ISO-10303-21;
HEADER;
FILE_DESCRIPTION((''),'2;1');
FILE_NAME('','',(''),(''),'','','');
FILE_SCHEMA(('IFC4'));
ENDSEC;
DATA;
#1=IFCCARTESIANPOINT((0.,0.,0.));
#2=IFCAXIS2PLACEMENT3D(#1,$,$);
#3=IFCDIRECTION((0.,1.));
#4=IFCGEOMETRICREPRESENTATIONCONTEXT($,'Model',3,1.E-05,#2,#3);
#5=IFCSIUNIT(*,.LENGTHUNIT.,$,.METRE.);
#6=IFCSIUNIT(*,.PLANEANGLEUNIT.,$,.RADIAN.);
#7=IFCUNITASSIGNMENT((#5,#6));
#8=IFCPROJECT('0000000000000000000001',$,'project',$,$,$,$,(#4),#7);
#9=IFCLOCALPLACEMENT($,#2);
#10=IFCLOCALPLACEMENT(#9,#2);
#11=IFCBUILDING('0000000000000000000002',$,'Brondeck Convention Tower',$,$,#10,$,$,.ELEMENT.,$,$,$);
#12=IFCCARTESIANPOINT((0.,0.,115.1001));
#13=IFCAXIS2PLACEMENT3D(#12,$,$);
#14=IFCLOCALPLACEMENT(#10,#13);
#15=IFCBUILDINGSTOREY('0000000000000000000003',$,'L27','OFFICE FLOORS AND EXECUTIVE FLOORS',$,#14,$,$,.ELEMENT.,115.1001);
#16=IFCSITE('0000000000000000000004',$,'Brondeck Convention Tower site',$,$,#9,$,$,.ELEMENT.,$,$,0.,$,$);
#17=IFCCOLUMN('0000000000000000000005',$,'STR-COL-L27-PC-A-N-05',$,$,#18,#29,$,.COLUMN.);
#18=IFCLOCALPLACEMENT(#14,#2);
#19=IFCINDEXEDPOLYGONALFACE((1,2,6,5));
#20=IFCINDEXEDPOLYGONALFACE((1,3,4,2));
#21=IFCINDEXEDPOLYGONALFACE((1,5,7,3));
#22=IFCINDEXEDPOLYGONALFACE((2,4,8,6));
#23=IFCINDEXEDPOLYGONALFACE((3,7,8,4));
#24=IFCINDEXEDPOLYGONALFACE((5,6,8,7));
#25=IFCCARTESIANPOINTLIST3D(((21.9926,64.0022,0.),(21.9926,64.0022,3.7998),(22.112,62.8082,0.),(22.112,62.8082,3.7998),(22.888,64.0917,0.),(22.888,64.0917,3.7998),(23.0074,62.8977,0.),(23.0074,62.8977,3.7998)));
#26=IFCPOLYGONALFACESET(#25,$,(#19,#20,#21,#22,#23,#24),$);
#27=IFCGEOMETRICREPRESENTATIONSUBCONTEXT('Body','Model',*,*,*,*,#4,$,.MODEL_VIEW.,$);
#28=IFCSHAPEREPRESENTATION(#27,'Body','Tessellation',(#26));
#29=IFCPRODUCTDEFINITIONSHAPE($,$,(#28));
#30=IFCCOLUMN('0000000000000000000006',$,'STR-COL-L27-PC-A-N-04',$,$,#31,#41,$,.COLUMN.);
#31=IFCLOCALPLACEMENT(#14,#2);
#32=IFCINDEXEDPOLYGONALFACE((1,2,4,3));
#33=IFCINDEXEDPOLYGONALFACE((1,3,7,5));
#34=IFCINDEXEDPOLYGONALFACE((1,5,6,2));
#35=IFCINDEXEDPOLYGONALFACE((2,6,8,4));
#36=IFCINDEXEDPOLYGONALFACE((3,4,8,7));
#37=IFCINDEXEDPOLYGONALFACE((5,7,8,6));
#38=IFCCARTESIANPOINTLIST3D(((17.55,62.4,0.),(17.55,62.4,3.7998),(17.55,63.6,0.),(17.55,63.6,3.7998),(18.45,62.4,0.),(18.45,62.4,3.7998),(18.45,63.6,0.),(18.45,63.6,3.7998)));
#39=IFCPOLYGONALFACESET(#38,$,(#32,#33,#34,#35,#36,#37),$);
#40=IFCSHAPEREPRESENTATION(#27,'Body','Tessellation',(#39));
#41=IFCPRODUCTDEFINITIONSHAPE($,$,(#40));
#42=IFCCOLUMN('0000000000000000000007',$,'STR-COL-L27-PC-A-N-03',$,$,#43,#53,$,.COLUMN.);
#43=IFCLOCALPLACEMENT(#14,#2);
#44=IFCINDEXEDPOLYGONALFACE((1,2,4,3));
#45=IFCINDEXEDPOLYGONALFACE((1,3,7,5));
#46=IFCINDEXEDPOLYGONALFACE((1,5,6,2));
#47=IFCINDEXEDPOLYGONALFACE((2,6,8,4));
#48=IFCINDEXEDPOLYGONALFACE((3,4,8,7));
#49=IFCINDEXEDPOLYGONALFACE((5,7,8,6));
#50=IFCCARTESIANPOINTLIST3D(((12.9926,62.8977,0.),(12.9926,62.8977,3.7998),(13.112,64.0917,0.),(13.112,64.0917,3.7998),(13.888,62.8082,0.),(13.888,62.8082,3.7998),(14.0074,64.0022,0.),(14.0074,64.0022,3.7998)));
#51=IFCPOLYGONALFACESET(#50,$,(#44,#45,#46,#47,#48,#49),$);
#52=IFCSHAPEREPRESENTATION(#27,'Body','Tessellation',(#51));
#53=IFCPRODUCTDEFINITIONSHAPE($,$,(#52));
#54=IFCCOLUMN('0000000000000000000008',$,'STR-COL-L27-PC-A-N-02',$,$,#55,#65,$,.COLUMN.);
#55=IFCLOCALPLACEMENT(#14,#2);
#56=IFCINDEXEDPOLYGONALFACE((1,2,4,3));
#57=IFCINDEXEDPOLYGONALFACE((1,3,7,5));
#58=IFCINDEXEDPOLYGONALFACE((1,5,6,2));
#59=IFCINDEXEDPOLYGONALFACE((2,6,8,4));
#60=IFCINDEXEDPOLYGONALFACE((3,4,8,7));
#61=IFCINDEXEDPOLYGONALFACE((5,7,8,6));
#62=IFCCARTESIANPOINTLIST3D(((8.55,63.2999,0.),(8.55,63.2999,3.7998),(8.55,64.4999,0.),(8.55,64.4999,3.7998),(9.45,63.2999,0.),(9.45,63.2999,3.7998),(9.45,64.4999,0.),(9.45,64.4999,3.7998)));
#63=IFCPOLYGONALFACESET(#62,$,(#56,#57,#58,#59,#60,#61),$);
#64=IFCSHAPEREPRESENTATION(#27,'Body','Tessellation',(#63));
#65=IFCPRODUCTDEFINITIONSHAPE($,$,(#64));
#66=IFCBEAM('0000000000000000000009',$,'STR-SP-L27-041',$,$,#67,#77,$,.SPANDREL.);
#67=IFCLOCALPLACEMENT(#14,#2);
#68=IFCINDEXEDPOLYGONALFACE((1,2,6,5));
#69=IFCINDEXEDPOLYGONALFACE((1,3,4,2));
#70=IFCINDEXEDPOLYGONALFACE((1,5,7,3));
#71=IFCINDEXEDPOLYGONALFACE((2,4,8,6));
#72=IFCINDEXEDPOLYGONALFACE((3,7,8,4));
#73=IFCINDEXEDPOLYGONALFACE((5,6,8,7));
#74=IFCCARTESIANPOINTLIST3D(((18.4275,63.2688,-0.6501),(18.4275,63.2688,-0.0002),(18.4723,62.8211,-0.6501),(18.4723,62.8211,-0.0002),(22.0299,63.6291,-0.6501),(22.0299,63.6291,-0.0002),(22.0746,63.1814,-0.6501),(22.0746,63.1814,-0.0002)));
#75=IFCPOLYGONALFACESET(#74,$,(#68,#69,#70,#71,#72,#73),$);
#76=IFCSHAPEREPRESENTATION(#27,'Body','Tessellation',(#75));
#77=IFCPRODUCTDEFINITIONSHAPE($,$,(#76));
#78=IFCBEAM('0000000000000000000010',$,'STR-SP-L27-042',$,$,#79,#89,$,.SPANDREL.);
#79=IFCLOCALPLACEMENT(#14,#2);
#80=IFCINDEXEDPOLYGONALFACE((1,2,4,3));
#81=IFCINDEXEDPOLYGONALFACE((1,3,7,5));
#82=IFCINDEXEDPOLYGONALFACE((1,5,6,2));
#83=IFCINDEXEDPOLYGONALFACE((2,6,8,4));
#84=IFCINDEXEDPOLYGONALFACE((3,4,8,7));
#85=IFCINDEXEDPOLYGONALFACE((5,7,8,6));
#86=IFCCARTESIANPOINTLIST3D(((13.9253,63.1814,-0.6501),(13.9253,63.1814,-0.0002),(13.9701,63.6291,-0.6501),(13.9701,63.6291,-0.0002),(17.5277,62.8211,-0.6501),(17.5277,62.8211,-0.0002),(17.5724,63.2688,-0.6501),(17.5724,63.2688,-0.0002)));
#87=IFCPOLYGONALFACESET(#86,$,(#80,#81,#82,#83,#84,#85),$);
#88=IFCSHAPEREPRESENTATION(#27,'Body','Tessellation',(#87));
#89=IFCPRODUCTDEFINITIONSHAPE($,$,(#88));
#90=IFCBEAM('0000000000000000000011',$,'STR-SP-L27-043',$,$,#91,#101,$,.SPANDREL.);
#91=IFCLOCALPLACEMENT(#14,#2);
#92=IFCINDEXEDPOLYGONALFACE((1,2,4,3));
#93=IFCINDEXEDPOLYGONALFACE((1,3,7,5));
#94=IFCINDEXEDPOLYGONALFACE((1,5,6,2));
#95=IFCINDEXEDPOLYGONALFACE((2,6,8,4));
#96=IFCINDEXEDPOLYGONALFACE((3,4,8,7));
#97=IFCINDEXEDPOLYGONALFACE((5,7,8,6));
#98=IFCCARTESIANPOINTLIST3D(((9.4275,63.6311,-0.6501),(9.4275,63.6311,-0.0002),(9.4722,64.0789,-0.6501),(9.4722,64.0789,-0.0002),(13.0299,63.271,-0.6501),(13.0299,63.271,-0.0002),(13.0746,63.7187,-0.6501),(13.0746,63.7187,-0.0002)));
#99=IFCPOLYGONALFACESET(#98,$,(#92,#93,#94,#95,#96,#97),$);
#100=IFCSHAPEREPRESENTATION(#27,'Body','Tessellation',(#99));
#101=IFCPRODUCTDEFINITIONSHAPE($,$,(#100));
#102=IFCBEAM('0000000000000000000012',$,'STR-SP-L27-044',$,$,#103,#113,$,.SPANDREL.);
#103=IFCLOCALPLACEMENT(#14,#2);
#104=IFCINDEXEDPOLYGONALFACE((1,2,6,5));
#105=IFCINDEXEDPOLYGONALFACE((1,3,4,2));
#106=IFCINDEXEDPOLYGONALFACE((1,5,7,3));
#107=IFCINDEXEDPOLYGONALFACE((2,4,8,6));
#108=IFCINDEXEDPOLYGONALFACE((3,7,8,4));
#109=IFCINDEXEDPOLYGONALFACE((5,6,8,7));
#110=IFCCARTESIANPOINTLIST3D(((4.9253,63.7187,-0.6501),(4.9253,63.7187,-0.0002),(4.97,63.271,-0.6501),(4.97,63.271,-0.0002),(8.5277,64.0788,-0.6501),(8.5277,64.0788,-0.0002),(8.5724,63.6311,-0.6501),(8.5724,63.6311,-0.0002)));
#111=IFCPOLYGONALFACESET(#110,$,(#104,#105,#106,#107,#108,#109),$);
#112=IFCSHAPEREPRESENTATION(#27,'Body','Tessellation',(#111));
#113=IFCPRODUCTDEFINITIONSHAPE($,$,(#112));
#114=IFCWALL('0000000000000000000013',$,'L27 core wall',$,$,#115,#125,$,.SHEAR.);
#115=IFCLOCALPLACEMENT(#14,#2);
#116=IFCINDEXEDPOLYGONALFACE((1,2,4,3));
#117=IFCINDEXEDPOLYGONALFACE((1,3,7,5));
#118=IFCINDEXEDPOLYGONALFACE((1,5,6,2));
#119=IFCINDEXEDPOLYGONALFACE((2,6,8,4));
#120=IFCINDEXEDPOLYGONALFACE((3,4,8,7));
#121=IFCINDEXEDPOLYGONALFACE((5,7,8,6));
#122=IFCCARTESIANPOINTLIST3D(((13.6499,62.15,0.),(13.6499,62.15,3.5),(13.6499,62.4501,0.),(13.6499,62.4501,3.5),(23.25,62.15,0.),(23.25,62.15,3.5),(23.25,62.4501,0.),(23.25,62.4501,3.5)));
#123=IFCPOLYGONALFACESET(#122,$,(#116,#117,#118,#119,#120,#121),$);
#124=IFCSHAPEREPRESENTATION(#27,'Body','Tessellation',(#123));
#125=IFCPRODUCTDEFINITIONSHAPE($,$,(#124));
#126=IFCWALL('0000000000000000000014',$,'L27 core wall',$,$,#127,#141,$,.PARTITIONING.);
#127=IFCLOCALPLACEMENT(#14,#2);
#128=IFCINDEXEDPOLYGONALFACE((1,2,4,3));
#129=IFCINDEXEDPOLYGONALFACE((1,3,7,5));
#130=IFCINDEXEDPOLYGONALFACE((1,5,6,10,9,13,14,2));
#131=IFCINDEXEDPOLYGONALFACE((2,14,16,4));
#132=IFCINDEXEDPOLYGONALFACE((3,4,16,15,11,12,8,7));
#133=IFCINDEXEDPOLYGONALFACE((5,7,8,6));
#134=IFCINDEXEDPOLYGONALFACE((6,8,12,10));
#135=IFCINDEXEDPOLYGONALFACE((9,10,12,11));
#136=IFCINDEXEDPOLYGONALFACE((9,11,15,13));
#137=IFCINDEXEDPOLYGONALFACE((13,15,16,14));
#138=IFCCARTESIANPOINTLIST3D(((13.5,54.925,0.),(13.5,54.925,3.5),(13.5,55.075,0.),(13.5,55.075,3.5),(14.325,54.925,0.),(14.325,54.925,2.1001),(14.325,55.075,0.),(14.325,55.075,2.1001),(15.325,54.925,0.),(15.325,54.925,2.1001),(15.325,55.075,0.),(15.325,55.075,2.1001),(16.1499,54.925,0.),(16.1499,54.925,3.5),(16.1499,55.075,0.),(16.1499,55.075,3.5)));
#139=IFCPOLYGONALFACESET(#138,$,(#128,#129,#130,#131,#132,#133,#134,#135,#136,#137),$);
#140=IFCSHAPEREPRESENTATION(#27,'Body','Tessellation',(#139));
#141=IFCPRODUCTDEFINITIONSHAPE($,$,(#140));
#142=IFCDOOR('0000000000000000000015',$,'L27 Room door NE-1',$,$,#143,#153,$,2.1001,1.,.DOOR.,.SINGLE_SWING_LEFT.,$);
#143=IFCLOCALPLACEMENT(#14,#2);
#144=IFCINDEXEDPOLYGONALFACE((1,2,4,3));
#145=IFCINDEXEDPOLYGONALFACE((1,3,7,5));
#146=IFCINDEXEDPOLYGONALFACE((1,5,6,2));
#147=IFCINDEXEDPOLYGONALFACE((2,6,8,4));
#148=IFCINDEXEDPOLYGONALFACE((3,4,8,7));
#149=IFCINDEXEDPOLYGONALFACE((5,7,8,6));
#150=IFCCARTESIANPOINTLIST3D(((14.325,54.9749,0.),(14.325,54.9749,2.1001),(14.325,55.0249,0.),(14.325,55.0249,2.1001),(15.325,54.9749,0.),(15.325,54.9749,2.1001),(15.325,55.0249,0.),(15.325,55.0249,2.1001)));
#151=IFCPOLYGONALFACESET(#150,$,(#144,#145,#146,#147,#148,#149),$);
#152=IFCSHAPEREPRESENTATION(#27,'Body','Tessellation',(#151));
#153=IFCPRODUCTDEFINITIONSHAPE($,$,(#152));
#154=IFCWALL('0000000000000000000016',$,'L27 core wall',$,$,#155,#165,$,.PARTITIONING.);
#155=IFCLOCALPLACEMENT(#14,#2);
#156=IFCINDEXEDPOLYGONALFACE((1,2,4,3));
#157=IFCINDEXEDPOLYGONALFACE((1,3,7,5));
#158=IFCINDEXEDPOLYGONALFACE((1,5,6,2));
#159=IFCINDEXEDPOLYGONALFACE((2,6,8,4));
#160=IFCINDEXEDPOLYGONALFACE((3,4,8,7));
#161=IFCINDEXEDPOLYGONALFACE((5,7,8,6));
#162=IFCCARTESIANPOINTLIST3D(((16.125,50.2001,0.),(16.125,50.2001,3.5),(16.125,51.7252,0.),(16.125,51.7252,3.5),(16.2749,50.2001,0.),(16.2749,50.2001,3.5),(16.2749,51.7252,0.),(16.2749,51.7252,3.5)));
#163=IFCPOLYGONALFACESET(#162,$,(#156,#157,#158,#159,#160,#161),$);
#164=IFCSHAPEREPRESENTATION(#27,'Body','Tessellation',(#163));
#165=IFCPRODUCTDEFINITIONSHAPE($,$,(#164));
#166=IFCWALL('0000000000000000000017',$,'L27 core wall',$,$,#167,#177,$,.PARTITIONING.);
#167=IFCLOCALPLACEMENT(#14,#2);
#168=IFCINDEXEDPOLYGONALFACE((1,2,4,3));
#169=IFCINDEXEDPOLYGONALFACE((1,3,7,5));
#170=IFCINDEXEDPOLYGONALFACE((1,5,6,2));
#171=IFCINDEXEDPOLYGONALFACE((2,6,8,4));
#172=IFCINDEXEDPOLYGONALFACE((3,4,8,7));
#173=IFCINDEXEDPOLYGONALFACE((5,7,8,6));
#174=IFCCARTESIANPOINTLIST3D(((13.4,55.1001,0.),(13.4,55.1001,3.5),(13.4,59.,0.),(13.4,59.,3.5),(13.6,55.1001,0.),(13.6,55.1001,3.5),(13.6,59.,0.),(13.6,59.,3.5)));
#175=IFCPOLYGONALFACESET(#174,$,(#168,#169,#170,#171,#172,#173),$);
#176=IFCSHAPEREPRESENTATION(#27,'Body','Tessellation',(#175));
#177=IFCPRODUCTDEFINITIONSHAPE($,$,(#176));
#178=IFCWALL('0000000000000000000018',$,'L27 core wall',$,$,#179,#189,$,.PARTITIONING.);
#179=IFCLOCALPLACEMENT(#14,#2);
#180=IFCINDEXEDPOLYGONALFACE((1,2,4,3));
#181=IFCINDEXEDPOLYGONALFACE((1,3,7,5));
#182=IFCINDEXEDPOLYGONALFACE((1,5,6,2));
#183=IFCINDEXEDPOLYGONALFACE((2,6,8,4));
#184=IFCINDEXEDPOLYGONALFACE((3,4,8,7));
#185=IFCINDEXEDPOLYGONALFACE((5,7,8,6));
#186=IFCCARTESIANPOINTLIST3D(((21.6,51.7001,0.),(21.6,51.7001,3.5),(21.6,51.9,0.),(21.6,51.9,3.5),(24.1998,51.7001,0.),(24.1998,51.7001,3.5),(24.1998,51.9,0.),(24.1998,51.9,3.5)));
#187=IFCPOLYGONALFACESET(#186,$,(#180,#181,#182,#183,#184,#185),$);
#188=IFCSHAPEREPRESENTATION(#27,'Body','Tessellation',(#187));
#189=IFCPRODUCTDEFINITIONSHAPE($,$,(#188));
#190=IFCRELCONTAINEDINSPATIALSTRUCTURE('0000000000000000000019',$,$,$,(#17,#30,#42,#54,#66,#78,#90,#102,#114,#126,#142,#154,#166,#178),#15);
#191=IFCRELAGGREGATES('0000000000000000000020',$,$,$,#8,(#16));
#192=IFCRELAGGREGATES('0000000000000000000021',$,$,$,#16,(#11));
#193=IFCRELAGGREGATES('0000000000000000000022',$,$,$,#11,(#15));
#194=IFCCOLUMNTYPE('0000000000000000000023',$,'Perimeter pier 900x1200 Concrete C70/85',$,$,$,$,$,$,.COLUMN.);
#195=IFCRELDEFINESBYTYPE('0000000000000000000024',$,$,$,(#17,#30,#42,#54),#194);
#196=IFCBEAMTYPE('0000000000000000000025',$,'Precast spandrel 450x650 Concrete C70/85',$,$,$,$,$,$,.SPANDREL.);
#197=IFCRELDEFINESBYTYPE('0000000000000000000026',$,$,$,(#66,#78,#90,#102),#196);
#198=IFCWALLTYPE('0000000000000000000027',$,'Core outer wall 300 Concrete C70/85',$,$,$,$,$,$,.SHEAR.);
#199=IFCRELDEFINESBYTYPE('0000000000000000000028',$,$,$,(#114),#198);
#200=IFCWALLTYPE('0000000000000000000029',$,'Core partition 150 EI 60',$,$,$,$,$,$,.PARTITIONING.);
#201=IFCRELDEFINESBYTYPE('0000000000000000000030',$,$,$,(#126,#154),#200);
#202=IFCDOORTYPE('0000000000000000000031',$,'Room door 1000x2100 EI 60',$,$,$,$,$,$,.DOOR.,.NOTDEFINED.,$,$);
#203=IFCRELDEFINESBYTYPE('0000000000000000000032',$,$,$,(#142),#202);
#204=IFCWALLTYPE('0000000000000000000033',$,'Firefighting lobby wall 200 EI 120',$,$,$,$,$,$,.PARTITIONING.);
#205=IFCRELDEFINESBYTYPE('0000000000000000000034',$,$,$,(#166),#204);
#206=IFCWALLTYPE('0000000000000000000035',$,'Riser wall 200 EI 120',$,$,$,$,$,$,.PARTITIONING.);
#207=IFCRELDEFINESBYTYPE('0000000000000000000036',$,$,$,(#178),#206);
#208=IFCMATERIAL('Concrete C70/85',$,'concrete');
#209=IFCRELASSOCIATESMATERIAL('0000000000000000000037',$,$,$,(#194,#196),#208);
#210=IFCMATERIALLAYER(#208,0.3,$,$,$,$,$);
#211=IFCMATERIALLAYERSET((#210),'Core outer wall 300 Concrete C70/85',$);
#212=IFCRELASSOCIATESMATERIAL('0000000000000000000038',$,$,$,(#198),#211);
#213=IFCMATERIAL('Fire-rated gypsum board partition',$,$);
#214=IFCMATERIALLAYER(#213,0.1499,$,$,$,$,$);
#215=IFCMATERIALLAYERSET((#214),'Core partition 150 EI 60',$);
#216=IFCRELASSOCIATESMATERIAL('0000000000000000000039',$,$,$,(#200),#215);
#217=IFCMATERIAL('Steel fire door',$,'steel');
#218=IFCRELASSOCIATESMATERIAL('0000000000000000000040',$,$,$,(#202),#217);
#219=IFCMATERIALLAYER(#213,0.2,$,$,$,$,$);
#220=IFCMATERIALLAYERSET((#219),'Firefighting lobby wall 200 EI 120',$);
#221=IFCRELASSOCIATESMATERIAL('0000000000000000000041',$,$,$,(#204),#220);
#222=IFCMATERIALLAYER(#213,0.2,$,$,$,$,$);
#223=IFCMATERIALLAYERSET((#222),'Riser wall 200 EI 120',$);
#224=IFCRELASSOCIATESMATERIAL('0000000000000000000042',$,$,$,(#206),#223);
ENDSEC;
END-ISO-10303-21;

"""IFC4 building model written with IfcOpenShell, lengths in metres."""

from ifc_helpers import new_model, si_unit, direction, frame, frame_2d, origin, origin_2d, place, context, subcontext, project, spatial, rectangle, extrude, material, layer, layer_set, material_profile, profile_set, type_object, element, fill, save


model = new_model("IFC4")

# Units and contexts
model_context = context("Model", 3, precision=1e-05, world=origin(), true_north=direction((0.0, 1.0)))
body_context = subcontext(model_context, "Body", "Model", "MODEL_VIEW")
ifc_project = project(units=[si_unit("LENGTHUNIT", "METRE"), si_unit("PLANEANGLEUNIT", "RADIAN")], contexts=[model_context])

# Site, building, storey
site_placement = place(None, origin())
site = spatial("IfcSite", under=ifc_project, at=site_placement, Name="Brondeck Convention Tower site", CompositionType="ELEMENT", RefElevation=0.0)
building_placement = place(site_placement, origin())
building = spatial("IfcBuilding", under=site, at=building_placement, Name="Brondeck Convention Tower", CompositionType="ELEMENT")
storey_placement = place(building_placement, frame((0.0, 0.0, 115.1001)))
storey = spatial("IfcBuildingStorey", under=building, at=storey_placement, Name="L27", Description="OFFICE FLOORS AND EXECUTIVE FLOORS", CompositionType="ELEMENT", Elevation=115.1001)

# Columns
ifc_material_1 = material(Name="Concrete C70/85", Category="concrete")
ifc_material_profile_1 = material_profile(ifc_material_1, rectangle(XDim=0.8999, YDim=1.2, at=origin_2d()), Name="Perimeter pier 900x1200 Concrete C70/85")
ifc_profile_set_1 = profile_set([ifc_material_profile_1], Name="Concrete C70/85")
column_type = type_object("IfcColumnType", Name="Perimeter pier 900x1200 Concrete C70/85", PredefinedType="COLUMN", material=ifc_profile_set_1)
for number, where, z_axis, x_axis, name in (
    (1, (22.5, 63.45, 0.0), (0.0, 0.0, 1.0), (-0.995037, -0.099504, 0.0), "STR-COL-L27-PC-A-N-05"),
    (2, (18.0, 63.0, 0.0), (0.0, 0.0, 1.0), (-1.0, 0.0, 0.0), "STR-COL-L27-PC-A-N-04"),
    (3, (13.5, 63.45, 0.0), (0.0, 0.0, 1.0), (-0.995037, 0.099504, 0.0), "STR-COL-L27-PC-A-N-03"),
    (4, (9.0, 63.8999, 0.0), (0.0, 0.0, 1.0), (-1.0, 0.0, 0.0), "STR-COL-L27-PC-A-N-02"),
):
    element("IfcColumn", number, at=place(storey_placement, frame(where, z_axis=z_axis, x_axis=x_axis)), inside=storey, type_object=column_type, Name=name, PredefinedType="COLUMN", context=body_context, shape_type="SweptSolid", body=[
        extrude(rectangle(XDim=0.8999, YDim=1.2, at=origin_2d()), origin(), (0.0, 0.0, 1.0), 3.7998),
    ])

# Beams
ifc_material_profile_2 = material_profile(ifc_material_1, rectangle(XDim=0.45, YDim=0.6499, at=origin_2d()), Name="Precast spandrel 450x650 Concrete C70/85")
ifc_profile_set_2 = profile_set([ifc_material_profile_2], Name="Concrete C70/85")
beam_type = type_object("IfcBeamType", Name="Precast spandrel 450x650 Concrete C70/85", PredefinedType="SPANDREL", material=ifc_profile_set_2)
for number, where, z_axis, x_axis, name in (
    (5, (22.0522, 63.4053, -0.3252), (-0.995034, -0.099537, 0.0), (0.099537, -0.995034, 0.0), "STR-SP-L27-041"),
    (6, (17.55, 63.0449, -0.3252), (-0.995034, 0.099537, 0.0), (-0.099537, -0.995034, 0.0), "STR-SP-L27-042"),
    (7, (13.0522, 63.4949, -0.3252), (-0.995041, 0.09947, 0.0), (-0.09947, -0.995041, 0.0), "STR-SP-L27-043"),
    (8, (8.55, 63.855, -0.3252), (-0.995041, -0.09947, 0.0), (0.09947, -0.995041, 0.0), "STR-SP-L27-044"),
):
    element("IfcBeam", number, at=place(storey_placement, frame(where, z_axis=z_axis, x_axis=x_axis)), inside=storey, type_object=beam_type, Name=name, PredefinedType="SPANDREL", context=body_context, shape_type="SweptSolid", body=[
        extrude(rectangle(XDim=0.45, YDim=0.6499, at=origin_2d()), origin(), (0.0, 0.0, 1.0), 3.6204),
    ])

# Wall
ifc_layer_1 = layer(ifc_material_1, 0.3)
ifc_layer_set_1 = layer_set([ifc_layer_1], Name="Core outer wall 300 Concrete C70/85")
wall_type_1 = type_object("IfcWallType", Name="Core outer wall 300 Concrete C70/85", PredefinedType="SHEAR", material=ifc_layer_set_1)
wall_1_placement = place(storey_placement, frame((13.6499, 62.3, 0.0), z_axis=(0.0, 0.0, 1.0), x_axis=(1.0, 0.0, 0.0)))
element("IfcWall", 9, at=wall_1_placement, inside=storey, type_object=wall_type_1, Name="L27 core wall", PredefinedType="SHEAR", context=body_context, shape_type="SweptSolid", body=[
    extrude(rectangle(XDim=9.6001, YDim=0.3, at=frame_2d((4.8, 0.0))), origin(), (0.0, 0.0, 1.0), 3.5),
])

# Wall, opening, door
ifc_material_2 = material(Name="Fire-rated gypsum board partition")
ifc_layer_2 = layer(ifc_material_2, 0.1499)
ifc_layer_set_2 = layer_set([ifc_layer_2], Name="Core partition 150 EI 60")
wall_type_2 = type_object("IfcWallType", Name="Core partition 150 EI 60", PredefinedType="PARTITIONING", material=ifc_layer_set_2)
wall_2_placement = place(storey_placement, frame((13.5, 55.0, 0.0), z_axis=(0.0, 0.0, 1.0), x_axis=(1.0, 0.0, 0.0)))
wall_2 = element("IfcWall", 10, at=wall_2_placement, inside=storey, type_object=wall_type_2, Name="L27 core wall", PredefinedType="PARTITIONING", context=body_context, shape_type="SweptSolid", body=[
    extrude(rectangle(XDim=2.6499, YDim=0.1499, at=frame_2d((1.325, 0.0))), origin(), (0.0, 0.0, 1.0), 3.5),
])
opening_1_placement = place(wall_2_placement, frame((0.825, 0.0, 0.0)))
opening_1 = element("IfcOpeningElement", 11, at=opening_1_placement, cuts=wall_2, PredefinedType="OPENING", context=body_context, shape_type="SweptSolid", body=[
    extrude(rectangle(XDim=1.0, YDim=2.1001, at=frame_2d((0.5, 1.05))), frame((0.0, 0.085, 0.0), z_axis=(0.0, -1.0, 0.0), x_axis=(1.0, 0.0, 0.0)), (0.0, 0.0, 1.0), 0.1699),
])
ifc_material_3 = material(Name="Steel fire door", Category="steel")
door_type_1 = type_object("IfcDoorType", Name="Room door 1000x2100 EI 60", OperationType="NOTDEFINED", PredefinedType="DOOR", material=ifc_material_3)
door_1_placement = place(opening_1_placement, origin())
door_1 = element("IfcDoor", 12, at=door_1_placement, inside=storey, type_object=door_type_1, Name="L27 Room door NE-1", OperationType="SINGLE_SWING_LEFT", OverallHeight=2.1001, OverallWidth=1.0, PredefinedType="DOOR", context=body_context, shape_type="SweptSolid", body=[
    extrude(rectangle(XDim=1.0, YDim=2.1001, at=frame_2d((0.5, 1.05))), frame((0.0, 0.0249, 0.0), z_axis=(0.0, -1.0, 0.0), x_axis=(1.0, 0.0, 0.0)), (0.0, 0.0, 1.0), 0.05),
])
fill(opening_1, door_1)

# Walls
wall_3_placement = place(storey_placement, frame((16.2, 50.2, 0.0), z_axis=(0.0, 0.0, 1.0), x_axis=(0.0, 1.0, 0.0)))
element("IfcWall", 13, at=wall_3_placement, inside=storey, type_object=wall_type_2, Name="L27 core wall", PredefinedType="PARTITIONING", context=body_context, shape_type="SweptSolid", body=[
    extrude(rectangle(XDim=1.5251, YDim=0.1499, at=frame_2d((0.7627, 0.0))), origin(), (0.0, 0.0, 1.0), 3.5),
])
ifc_layer_3 = layer(ifc_material_2, 0.2)
ifc_layer_set_3 = layer_set([ifc_layer_3], Name="Firefighting lobby wall 200 EI 120")
wall_type_3 = type_object("IfcWallType", Name="Firefighting lobby wall 200 EI 120", PredefinedType="PARTITIONING", material=ifc_layer_set_3)
wall_4_placement = place(storey_placement, frame((13.5, 55.1001, 0.0), z_axis=(0.0, 0.0, 1.0), x_axis=(0.0, 1.0, 0.0)))
element("IfcWall", 14, at=wall_4_placement, inside=storey, type_object=wall_type_3, Name="L27 core wall", PredefinedType="PARTITIONING", context=body_context, shape_type="SweptSolid", body=[
    extrude(rectangle(XDim=3.8999, YDim=0.2, at=frame_2d((1.95, 0.0))), origin(), (0.0, 0.0, 1.0), 3.5),
])
ifc_layer_4 = layer(ifc_material_2, 0.2)
ifc_layer_set_4 = layer_set([ifc_layer_4], Name="Riser wall 200 EI 120")
wall_type_4 = type_object("IfcWallType", Name="Riser wall 200 EI 120", PredefinedType="PARTITIONING", material=ifc_layer_set_4)
wall_5_placement = place(storey_placement, frame((21.6001, 51.8, 0.0), z_axis=(0.0, 0.0, 1.0), x_axis=(1.0, 0.0, 0.0)))
element("IfcWall", 15, at=wall_5_placement, inside=storey, type_object=wall_type_4, Name="L27 core wall", PredefinedType="PARTITIONING", context=body_context, shape_type="SweptSolid", body=[
    extrude(rectangle(XDim=2.5999, YDim=0.2, at=frame_2d((1.2998, 0.0))), origin(), (0.0, 0.0, 1.0), 3.5),
])

save(model, "model.ifc")
